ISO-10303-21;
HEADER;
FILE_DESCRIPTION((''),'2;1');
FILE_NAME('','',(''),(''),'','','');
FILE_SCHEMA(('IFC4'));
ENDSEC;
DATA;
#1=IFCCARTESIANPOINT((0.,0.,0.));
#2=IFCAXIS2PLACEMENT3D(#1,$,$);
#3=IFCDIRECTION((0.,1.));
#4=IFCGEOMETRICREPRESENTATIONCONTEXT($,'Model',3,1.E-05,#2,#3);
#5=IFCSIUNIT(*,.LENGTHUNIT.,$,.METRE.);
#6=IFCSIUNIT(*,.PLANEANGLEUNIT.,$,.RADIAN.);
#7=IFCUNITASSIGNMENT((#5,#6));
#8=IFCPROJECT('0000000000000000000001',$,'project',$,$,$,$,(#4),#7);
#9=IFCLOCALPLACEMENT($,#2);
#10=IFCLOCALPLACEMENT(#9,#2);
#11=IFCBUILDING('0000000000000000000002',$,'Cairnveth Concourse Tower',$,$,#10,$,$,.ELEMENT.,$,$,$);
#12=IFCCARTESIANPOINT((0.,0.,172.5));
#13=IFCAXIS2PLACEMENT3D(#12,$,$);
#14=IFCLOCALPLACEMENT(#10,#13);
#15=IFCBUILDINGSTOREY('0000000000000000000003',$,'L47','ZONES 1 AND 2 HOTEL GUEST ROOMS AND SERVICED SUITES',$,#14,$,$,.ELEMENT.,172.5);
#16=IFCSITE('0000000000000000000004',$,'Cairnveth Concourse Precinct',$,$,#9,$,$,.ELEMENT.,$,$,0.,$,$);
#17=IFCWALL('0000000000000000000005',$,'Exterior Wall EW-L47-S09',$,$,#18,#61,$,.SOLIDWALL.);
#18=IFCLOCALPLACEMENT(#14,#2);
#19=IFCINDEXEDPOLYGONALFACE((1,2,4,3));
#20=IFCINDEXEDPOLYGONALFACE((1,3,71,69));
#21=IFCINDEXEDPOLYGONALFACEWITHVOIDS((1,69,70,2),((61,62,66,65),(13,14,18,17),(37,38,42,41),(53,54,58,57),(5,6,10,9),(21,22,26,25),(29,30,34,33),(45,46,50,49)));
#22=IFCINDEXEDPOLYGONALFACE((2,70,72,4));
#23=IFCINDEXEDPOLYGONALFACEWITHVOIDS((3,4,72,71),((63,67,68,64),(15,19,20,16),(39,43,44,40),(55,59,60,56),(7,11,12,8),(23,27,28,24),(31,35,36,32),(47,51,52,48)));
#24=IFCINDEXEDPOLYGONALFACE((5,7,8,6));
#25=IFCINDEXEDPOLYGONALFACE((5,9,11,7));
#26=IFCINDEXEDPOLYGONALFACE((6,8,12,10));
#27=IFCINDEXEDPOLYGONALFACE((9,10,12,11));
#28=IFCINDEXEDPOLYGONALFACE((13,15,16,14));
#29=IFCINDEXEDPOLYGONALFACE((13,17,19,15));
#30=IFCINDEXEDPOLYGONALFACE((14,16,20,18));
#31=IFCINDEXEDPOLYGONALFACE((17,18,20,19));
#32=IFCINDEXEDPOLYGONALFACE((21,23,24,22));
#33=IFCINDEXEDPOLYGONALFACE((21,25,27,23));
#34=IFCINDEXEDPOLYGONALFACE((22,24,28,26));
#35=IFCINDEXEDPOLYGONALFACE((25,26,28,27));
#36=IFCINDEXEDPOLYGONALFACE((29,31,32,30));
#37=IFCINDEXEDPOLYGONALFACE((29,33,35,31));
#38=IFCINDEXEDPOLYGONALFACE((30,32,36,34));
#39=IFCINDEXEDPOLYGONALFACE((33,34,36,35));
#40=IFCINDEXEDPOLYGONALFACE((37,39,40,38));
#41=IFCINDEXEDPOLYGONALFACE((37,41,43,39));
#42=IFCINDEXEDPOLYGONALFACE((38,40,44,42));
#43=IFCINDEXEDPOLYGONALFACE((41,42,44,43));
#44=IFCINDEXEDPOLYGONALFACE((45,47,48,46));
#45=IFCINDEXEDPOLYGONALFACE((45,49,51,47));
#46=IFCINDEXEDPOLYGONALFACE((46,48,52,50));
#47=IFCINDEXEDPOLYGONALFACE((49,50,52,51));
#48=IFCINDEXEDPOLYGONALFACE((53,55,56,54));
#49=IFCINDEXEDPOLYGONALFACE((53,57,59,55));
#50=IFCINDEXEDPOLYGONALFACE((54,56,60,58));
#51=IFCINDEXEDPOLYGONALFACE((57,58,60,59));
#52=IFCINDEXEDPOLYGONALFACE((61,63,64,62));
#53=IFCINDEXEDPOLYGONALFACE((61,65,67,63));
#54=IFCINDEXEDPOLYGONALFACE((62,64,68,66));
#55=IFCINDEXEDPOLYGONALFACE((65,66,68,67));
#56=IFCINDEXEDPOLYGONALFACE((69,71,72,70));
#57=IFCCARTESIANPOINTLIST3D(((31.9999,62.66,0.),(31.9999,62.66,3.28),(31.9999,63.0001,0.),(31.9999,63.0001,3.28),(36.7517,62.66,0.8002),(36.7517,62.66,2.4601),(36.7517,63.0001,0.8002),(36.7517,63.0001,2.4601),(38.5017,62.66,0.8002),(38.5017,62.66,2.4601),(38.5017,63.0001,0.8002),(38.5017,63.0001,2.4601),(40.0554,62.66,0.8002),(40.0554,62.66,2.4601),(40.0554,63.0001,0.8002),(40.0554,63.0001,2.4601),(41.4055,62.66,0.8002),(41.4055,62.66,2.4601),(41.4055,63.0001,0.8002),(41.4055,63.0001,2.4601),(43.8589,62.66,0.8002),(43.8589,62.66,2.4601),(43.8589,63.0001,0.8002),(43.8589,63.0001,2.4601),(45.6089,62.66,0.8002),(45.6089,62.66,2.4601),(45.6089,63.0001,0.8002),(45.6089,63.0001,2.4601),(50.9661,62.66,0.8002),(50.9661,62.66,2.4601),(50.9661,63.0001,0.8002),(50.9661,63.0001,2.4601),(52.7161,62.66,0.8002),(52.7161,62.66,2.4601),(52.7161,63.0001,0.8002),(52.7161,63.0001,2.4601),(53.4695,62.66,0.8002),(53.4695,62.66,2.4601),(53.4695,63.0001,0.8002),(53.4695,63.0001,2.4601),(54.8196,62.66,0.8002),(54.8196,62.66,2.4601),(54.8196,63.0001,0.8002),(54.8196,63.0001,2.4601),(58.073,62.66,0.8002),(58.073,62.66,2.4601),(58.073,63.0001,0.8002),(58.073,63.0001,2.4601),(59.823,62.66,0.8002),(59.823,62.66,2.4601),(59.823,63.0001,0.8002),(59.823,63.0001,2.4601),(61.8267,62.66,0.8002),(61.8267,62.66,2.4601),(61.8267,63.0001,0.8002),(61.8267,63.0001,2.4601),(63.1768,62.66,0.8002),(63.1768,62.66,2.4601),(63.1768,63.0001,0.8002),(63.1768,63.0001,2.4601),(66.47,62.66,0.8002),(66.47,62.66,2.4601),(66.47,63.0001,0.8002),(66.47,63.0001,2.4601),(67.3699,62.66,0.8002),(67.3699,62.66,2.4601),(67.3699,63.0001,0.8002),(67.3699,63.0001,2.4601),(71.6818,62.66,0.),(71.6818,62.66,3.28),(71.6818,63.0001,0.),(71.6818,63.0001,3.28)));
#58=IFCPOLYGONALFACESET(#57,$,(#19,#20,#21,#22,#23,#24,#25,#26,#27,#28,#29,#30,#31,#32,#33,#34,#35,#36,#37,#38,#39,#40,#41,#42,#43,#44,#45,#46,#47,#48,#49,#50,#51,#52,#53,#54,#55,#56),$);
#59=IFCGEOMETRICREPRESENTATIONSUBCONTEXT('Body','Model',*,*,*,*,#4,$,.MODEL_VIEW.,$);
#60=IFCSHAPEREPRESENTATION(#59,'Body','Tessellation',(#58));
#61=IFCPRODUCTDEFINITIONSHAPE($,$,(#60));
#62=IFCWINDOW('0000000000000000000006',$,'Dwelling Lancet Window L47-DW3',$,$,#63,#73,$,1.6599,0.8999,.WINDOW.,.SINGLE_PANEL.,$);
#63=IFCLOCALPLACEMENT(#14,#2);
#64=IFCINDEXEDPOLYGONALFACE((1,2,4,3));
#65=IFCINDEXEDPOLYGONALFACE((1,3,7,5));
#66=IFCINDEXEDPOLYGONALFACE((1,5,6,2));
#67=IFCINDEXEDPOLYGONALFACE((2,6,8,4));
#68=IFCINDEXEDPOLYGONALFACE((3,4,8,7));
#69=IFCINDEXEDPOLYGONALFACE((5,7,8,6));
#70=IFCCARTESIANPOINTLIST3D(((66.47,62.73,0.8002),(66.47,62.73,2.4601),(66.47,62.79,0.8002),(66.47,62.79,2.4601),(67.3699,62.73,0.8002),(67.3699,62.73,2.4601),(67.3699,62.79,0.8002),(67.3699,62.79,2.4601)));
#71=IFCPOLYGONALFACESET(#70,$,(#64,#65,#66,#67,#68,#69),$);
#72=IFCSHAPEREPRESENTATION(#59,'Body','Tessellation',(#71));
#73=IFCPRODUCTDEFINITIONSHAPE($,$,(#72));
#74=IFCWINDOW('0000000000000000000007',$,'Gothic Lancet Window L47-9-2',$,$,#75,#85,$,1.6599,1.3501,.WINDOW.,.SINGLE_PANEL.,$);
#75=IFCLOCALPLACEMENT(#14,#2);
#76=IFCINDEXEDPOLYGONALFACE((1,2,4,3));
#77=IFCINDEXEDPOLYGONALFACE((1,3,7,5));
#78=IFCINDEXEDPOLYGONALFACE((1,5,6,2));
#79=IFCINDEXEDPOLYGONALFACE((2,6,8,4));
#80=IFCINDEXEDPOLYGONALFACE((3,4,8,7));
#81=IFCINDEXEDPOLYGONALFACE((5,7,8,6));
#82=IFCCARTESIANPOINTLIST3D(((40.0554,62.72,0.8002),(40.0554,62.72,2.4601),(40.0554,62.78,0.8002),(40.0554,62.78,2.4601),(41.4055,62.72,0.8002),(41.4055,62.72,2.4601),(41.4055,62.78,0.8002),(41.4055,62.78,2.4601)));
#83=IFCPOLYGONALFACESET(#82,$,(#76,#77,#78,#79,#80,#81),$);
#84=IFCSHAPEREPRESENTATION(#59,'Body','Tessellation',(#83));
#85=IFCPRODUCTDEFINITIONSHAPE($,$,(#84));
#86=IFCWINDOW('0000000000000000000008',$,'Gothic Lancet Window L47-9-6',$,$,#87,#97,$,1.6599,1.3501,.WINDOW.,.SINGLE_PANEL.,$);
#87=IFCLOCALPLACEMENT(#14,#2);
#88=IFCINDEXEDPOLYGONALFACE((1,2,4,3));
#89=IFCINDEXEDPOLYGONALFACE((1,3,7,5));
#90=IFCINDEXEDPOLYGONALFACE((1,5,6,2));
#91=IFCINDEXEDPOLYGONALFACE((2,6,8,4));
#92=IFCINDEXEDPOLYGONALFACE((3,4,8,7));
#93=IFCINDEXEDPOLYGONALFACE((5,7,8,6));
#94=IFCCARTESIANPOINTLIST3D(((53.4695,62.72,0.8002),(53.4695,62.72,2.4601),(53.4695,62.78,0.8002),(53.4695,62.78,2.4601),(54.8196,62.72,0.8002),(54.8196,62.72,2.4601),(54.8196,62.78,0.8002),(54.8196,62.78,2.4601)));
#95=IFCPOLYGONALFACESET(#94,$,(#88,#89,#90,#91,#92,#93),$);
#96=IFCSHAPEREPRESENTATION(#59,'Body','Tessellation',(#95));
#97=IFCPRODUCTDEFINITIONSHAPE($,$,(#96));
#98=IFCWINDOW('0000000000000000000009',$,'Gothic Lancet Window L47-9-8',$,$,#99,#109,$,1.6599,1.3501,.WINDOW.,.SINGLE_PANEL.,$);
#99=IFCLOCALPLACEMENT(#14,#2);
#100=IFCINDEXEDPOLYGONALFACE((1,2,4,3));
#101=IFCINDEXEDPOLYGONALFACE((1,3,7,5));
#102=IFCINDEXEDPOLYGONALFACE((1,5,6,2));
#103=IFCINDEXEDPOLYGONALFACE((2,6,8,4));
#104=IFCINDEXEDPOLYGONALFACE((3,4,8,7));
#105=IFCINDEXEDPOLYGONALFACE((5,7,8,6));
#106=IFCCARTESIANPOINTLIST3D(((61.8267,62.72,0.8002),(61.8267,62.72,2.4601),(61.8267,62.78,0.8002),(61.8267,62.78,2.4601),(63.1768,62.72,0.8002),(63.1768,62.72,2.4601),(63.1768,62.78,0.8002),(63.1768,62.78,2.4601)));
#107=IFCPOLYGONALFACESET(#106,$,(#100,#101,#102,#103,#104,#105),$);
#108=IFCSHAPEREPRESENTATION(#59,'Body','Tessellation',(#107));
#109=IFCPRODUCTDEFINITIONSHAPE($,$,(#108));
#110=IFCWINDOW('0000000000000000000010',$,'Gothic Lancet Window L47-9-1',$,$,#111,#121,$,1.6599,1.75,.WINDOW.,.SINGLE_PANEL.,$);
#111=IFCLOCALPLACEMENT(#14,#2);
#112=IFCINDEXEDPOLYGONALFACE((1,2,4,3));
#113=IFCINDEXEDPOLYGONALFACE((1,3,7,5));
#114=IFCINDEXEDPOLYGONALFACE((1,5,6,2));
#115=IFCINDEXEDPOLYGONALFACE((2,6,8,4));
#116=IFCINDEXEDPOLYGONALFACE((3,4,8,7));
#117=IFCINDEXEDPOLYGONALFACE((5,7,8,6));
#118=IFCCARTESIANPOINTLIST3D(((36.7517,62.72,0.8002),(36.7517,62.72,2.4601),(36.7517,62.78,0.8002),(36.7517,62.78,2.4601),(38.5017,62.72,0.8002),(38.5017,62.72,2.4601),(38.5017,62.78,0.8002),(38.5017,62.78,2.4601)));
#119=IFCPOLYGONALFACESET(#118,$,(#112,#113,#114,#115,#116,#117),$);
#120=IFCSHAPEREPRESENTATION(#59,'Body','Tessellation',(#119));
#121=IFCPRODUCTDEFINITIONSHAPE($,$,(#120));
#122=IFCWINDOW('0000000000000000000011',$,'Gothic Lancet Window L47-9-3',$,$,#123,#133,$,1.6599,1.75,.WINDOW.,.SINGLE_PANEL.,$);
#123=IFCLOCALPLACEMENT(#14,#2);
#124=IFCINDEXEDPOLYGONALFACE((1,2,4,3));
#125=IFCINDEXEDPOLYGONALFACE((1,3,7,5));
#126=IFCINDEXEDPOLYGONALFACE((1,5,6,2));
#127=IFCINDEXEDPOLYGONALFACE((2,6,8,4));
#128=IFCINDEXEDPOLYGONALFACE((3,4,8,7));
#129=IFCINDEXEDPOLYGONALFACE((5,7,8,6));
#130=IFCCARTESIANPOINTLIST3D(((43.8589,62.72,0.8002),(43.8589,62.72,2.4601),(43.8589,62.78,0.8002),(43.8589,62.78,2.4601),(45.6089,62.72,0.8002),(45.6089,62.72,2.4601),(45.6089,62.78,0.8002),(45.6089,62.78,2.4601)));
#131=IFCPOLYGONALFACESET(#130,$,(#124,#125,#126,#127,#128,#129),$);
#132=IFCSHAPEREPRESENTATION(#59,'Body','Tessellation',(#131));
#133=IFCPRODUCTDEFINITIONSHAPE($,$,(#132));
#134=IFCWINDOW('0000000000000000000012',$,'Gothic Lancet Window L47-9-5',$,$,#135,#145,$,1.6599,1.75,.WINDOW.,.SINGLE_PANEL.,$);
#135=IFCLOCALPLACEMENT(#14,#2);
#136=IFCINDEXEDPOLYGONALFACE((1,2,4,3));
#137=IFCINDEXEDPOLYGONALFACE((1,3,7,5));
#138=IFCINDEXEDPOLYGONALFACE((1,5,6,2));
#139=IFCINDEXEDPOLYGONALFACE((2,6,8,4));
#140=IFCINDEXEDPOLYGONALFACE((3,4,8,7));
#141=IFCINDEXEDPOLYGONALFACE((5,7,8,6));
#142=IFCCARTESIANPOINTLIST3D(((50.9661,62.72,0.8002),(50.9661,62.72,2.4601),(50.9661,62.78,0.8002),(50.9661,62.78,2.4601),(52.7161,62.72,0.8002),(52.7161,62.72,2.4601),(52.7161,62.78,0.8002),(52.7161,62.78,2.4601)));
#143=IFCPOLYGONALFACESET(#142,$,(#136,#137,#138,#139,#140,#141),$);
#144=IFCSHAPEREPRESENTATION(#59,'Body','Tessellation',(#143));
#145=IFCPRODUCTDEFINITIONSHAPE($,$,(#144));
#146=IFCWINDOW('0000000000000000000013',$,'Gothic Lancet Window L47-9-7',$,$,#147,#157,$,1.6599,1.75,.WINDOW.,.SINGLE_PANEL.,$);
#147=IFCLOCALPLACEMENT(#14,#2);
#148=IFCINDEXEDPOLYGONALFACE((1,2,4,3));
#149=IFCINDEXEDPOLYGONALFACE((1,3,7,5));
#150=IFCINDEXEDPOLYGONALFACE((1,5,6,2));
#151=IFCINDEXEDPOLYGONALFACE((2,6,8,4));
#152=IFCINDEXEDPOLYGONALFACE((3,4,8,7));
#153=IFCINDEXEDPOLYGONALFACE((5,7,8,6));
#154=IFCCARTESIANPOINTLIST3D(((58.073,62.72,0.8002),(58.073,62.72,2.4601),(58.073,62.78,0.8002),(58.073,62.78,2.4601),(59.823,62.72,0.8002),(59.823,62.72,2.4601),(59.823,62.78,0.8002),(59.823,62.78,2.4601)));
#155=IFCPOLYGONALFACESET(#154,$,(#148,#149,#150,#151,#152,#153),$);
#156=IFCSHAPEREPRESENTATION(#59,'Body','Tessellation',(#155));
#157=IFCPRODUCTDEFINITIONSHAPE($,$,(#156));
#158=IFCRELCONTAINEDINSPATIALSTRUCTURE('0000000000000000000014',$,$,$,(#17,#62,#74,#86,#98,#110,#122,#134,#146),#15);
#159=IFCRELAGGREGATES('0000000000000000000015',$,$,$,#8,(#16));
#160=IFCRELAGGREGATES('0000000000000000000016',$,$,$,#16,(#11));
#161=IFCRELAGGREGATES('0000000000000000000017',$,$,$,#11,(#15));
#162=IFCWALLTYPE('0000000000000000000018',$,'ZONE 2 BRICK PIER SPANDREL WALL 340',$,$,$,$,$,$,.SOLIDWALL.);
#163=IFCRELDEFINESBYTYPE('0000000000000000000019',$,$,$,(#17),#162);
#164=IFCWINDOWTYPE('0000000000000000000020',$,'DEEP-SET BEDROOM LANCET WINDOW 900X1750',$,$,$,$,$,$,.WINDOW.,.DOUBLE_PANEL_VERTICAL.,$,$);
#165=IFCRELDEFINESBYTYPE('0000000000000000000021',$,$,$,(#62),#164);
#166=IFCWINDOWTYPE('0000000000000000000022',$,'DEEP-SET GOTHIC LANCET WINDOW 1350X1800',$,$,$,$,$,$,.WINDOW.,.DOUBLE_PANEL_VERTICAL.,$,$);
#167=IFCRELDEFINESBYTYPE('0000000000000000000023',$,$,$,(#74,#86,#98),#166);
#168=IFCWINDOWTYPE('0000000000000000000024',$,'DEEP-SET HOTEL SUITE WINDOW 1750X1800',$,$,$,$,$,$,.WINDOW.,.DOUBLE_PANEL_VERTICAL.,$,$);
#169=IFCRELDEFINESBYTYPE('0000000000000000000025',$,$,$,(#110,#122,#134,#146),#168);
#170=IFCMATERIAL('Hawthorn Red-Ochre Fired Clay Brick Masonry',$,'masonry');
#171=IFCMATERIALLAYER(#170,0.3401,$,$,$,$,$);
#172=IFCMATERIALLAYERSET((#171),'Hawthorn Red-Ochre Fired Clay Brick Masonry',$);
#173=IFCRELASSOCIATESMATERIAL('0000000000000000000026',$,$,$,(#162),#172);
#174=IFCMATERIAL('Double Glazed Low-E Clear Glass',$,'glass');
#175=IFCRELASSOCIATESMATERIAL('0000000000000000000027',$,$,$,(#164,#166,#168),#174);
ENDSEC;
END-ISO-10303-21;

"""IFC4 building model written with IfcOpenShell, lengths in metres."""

from ifc_helpers import new_model, si_unit, direction, frame, frame_2d, origin, place, context, subcontext, project, spatial, rectangle, extrude, material, layer, layer_set, type_object, element, fill, save


model = new_model("IFC4")

# Units and contexts
model_context = context("Model", 3, precision=1e-05, world=origin(), true_north=direction((0.0, 1.0)))
body_context = subcontext(model_context, "Body", "Model", "MODEL_VIEW")
ifc_project = project(units=[si_unit("LENGTHUNIT", "METRE"), si_unit("PLANEANGLEUNIT", "RADIAN")], contexts=[model_context])

# Site, building, storey
site_placement = place(None, origin())
site = spatial("IfcSite", under=ifc_project, at=site_placement, Name="Cairnveth Concourse Precinct", CompositionType="ELEMENT", RefElevation=0.0)
building_placement = place(site_placement, origin())
building = spatial("IfcBuilding", under=site, at=building_placement, Name="Cairnveth Concourse Tower", CompositionType="ELEMENT")
storey_placement = place(building_placement, frame((0.0, 0.0, 172.5)))
storey = spatial("IfcBuildingStorey", under=building, at=storey_placement, Name="L47", Description="ZONES 1 AND 2 HOTEL GUEST ROOMS AND SERVICED SUITES", CompositionType="ELEMENT", Elevation=172.5)

# Shared definitions
ifc_material_1 = material(Name="Hawthorn Red-Ochre Fired Clay Brick Masonry", Category="masonry")
ifc_layer_1 = layer(ifc_material_1, 0.3401)
ifc_layer_set_1 = layer_set([ifc_layer_1], Name="Hawthorn Red-Ochre Fired Clay Brick Masonry")
wall_type_1 = type_object("IfcWallType", Name="ZONE 2 BRICK PIER SPANDREL WALL 340", PredefinedType="SOLIDWALL", material=ifc_layer_set_1)

# Wall, openings, windows
wall_1_placement = place(storey_placement, frame((32.0, 62.8301, 0.0), z_axis=(0.0, 0.0, 1.0), x_axis=(1.0, 0.0, 0.0)))
wall_1 = element("IfcWall", 1, at=wall_1_placement, inside=storey, type_object=wall_type_1, Name="Exterior Wall EW-L47-S09", PredefinedType="SOLIDWALL", context=body_context, shape_type="SweptSolid", body=[
    extrude(rectangle(XDim=39.6819, YDim=0.3401, at=frame_2d((19.8408, 0.0))), origin(), (0.0, 0.0, 1.0), 3.28),
])
opening_1_placement = place(wall_1_placement, frame((4.7517, 0.0, 0.8)))
opening_1 = element("IfcOpeningElement", 2, at=opening_1_placement, cuts=wall_1, PredefinedType="OPENING", context=body_context, shape_type="SweptSolid", body=[
    extrude(rectangle(XDim=1.75, YDim=1.6599, at=frame_2d((0.875, 0.8301))), frame((0.0, 0.1799, 0.0), z_axis=(0.0, -1.0, 0.0), x_axis=(1.0, 0.0, 0.0)), (0.0, 0.0, 1.0), 0.3601),
])
opening_2_placement = place(wall_1_placement, frame((8.0554, 0.0, 0.8)))
opening_2 = element("IfcOpeningElement", 3, at=opening_2_placement, cuts=wall_1, PredefinedType="OPENING", context=body_context, shape_type="SweptSolid", body=[
    extrude(rectangle(XDim=1.3501, YDim=1.6599, at=frame_2d((0.675, 0.8301))), frame((0.0, 0.1799, 0.0), z_axis=(0.0, -1.0, 0.0), x_axis=(1.0, 0.0, 0.0)), (0.0, 0.0, 1.0), 0.3601),
])
opening_3_placement = place(wall_1_placement, frame((11.8589, 0.0, 0.8)))
opening_3 = element("IfcOpeningElement", 4, at=opening_3_placement, cuts=wall_1, PredefinedType="OPENING", context=body_context, shape_type="SweptSolid", body=[
    extrude(rectangle(XDim=1.75, YDim=1.6599, at=frame_2d((0.875, 0.8301))), frame((0.0, 0.1799, 0.0), z_axis=(0.0, -1.0, 0.0), x_axis=(1.0, 0.0, 0.0)), (0.0, 0.0, 1.0), 0.3601),
])
opening_4_placement = place(wall_1_placement, frame((18.9661, 0.0, 0.8)))
opening_4 = element("IfcOpeningElement", 5, at=opening_4_placement, cuts=wall_1, PredefinedType="OPENING", context=body_context, shape_type="SweptSolid", body=[
    extrude(rectangle(XDim=1.75, YDim=1.6599, at=frame_2d((0.875, 0.8301))), frame((0.0, 0.1799, 0.0), z_axis=(0.0, -1.0, 0.0), x_axis=(1.0, 0.0, 0.0)), (0.0, 0.0, 1.0), 0.3601),
])
opening_5_placement = place(wall_1_placement, frame((21.4695, 0.0, 0.8)))
opening_5 = element("IfcOpeningElement", 6, at=opening_5_placement, cuts=wall_1, PredefinedType="OPENING", context=body_context, shape_type="SweptSolid", body=[
    extrude(rectangle(XDim=1.3501, YDim=1.6599, at=frame_2d((0.675, 0.8301))), frame((0.0, 0.1799, 0.0), z_axis=(0.0, -1.0, 0.0), x_axis=(1.0, 0.0, 0.0)), (0.0, 0.0, 1.0), 0.3601),
])
opening_6_placement = place(wall_1_placement, frame((26.073, 0.0, 0.8)))
opening_6 = element("IfcOpeningElement", 7, at=opening_6_placement, cuts=wall_1, PredefinedType="OPENING", context=body_context, shape_type="SweptSolid", body=[
    extrude(rectangle(XDim=1.75, YDim=1.6599, at=frame_2d((0.875, 0.8301))), frame((0.0, 0.1799, 0.0), z_axis=(0.0, -1.0, 0.0), x_axis=(1.0, 0.0, 0.0)), (0.0, 0.0, 1.0), 0.3601),
])
opening_7_placement = place(wall_1_placement, frame((29.8267, 0.0, 0.8)))
opening_7 = element("IfcOpeningElement", 8, at=opening_7_placement, cuts=wall_1, PredefinedType="OPENING", context=body_context, shape_type="SweptSolid", body=[
    extrude(rectangle(XDim=1.3501, YDim=1.6599, at=frame_2d((0.675, 0.8301))), frame((0.0, 0.1799, 0.0), z_axis=(0.0, -1.0, 0.0), x_axis=(1.0, 0.0, 0.0)), (0.0, 0.0, 1.0), 0.3601),
])
opening_8_placement = place(wall_1_placement, frame((34.47, 0.0, 0.8)))
opening_8 = element("IfcOpeningElement", 9, at=opening_8_placement, cuts=wall_1, PredefinedType="OPENING", context=body_context, shape_type="SweptSolid", body=[
    extrude(rectangle(XDim=0.8999, YDim=1.6599, at=frame_2d((0.45, 0.8301))), frame((0.0, 0.1799, 0.0), z_axis=(0.0, -1.0, 0.0), x_axis=(1.0, 0.0, 0.0)), (0.0, 0.0, 1.0), 0.3601),
])
ifc_material_2 = material(Name="Double Glazed Low-E Clear Glass", Category="glass")
window_type_1 = type_object("IfcWindowType", Name="DEEP-SET BEDROOM LANCET WINDOW 900X1750", PartitioningType="DOUBLE_PANEL_VERTICAL", PredefinedType="WINDOW", material=ifc_material_2)
window_1_placement = place(opening_8_placement, origin())
window_1 = element("IfcWindow", 10, at=window_1_placement, inside=storey, type_object=window_type_1, Name="Dwelling Lancet Window L47-DW3", OverallHeight=1.6599, OverallWidth=0.8999, PartitioningType="SINGLE_PANEL", PredefinedType="WINDOW", context=body_context, shape_type="SweptSolid", body=[
    extrude(rectangle(XDim=0.8999, YDim=1.6599, at=frame_2d((0.45, 0.8301))), frame((0.0, -0.04, 0.0), z_axis=(0.0, -1.0, 0.0), x_axis=(1.0, 0.0, 0.0)), (0.0, 0.0, 1.0), 0.0601),
])
fill(opening_8, window_1)
window_type_2 = type_object("IfcWindowType", Name="DEEP-SET GOTHIC LANCET WINDOW 1350X1800", PartitioningType="DOUBLE_PANEL_VERTICAL", PredefinedType="WINDOW", material=ifc_material_2)
window_2_placement = place(opening_2_placement, origin())
window_2 = element("IfcWindow", 11, at=window_2_placement, inside=storey, type_object=window_type_2, Name="Gothic Lancet Window L47-9-2", OverallHeight=1.6599, OverallWidth=1.3501, PartitioningType="SINGLE_PANEL", PredefinedType="WINDOW", context=body_context, shape_type="SweptSolid", body=[
    extrude(rectangle(XDim=1.3501, YDim=1.6599, at=frame_2d((0.675, 0.8301))), frame((0.0, -0.05, 0.0), z_axis=(0.0, -1.0, 0.0), x_axis=(1.0, 0.0, 0.0)), (0.0, 0.0, 1.0), 0.0601),
])
fill(opening_2, window_2)
window_3_placement = place(opening_5_placement, origin())
window_3 = element("IfcWindow", 12, at=window_3_placement, inside=storey, type_object=window_type_2, Name="Gothic Lancet Window L47-9-6", OverallHeight=1.6599, OverallWidth=1.3501, PartitioningType="SINGLE_PANEL", PredefinedType="WINDOW", context=body_context, shape_type="SweptSolid", body=[
    extrude(rectangle(XDim=1.3501, YDim=1.6599, at=frame_2d((0.675, 0.8301))), frame((0.0, -0.05, 0.0), z_axis=(0.0, -1.0, 0.0), x_axis=(1.0, 0.0, 0.0)), (0.0, 0.0, 1.0), 0.0601),
])
fill(opening_5, window_3)
window_4_placement = place(opening_7_placement, origin())
window_4 = element("IfcWindow", 13, at=window_4_placement, inside=storey, type_object=window_type_2, Name="Gothic Lancet Window L47-9-8", OverallHeight=1.6599, OverallWidth=1.3501, PartitioningType="SINGLE_PANEL", PredefinedType="WINDOW", context=body_context, shape_type="SweptSolid", body=[
    extrude(rectangle(XDim=1.3501, YDim=1.6599, at=frame_2d((0.675, 0.8301))), frame((0.0, -0.05, 0.0), z_axis=(0.0, -1.0, 0.0), x_axis=(1.0, 0.0, 0.0)), (0.0, 0.0, 1.0), 0.0601),
])
fill(opening_7, window_4)
window_type_3 = type_object("IfcWindowType", Name="DEEP-SET HOTEL SUITE WINDOW 1750X1800", PartitioningType="DOUBLE_PANEL_VERTICAL", PredefinedType="WINDOW", material=ifc_material_2)
window_5_placement = place(opening_1_placement, origin())
window_5 = element("IfcWindow", 14, at=window_5_placement, inside=storey, type_object=window_type_3, Name="Gothic Lancet Window L47-9-1", OverallHeight=1.6599, OverallWidth=1.75, PartitioningType="SINGLE_PANEL", PredefinedType="WINDOW", context=body_context, shape_type="SweptSolid", body=[
    extrude(rectangle(XDim=1.75, YDim=1.6599, at=frame_2d((0.875, 0.8301))), frame((0.0, -0.05, 0.0), z_axis=(0.0, -1.0, 0.0), x_axis=(1.0, 0.0, 0.0)), (0.0, 0.0, 1.0), 0.0601),
])
fill(opening_1, window_5)
window_6_placement = place(opening_3_placement, origin())
window_6 = element("IfcWindow", 15, at=window_6_placement, inside=storey, type_object=window_type_3, Name="Gothic Lancet Window L47-9-3", OverallHeight=1.6599, OverallWidth=1.75, PartitioningType="SINGLE_PANEL", PredefinedType="WINDOW", context=body_context, shape_type="SweptSolid", body=[
    extrude(rectangle(XDim=1.75, YDim=1.6599, at=frame_2d((0.875, 0.8301))), frame((0.0, -0.05, 0.0), z_axis=(0.0, -1.0, 0.0), x_axis=(1.0, 0.0, 0.0)), (0.0, 0.0, 1.0), 0.0601),
])
fill(opening_3, window_6)
window_7_placement = place(opening_4_placement, origin())
window_7 = element("IfcWindow", 16, at=window_7_placement, inside=storey, type_object=window_type_3, Name="Gothic Lancet Window L47-9-5", OverallHeight=1.6599, OverallWidth=1.75, PartitioningType="SINGLE_PANEL", PredefinedType="WINDOW", context=body_context, shape_type="SweptSolid", body=[
    extrude(rectangle(XDim=1.75, YDim=1.6599, at=frame_2d((0.875, 0.8301))), frame((0.0, -0.05, 0.0), z_axis=(0.0, -1.0, 0.0), x_axis=(1.0, 0.0, 0.0)), (0.0, 0.0, 1.0), 0.0601),
])
fill(opening_4, window_7)
window_8_placement = place(opening_6_placement, origin())
window_8 = element("IfcWindow", 17, at=window_8_placement, inside=storey, type_object=window_type_3, Name="Gothic Lancet Window L47-9-7", OverallHeight=1.6599, OverallWidth=1.75, PartitioningType="SINGLE_PANEL", PredefinedType="WINDOW", context=body_context, shape_type="SweptSolid", body=[
    extrude(rectangle(XDim=1.75, YDim=1.6599, at=frame_2d((0.875, 0.8301))), frame((0.0, -0.05, 0.0), z_axis=(0.0, -1.0, 0.0), x_axis=(1.0, 0.0, 0.0)), (0.0, 0.0, 1.0), 0.0601),
])
fill(opening_6, window_8)

save(model, "model.ifc")
